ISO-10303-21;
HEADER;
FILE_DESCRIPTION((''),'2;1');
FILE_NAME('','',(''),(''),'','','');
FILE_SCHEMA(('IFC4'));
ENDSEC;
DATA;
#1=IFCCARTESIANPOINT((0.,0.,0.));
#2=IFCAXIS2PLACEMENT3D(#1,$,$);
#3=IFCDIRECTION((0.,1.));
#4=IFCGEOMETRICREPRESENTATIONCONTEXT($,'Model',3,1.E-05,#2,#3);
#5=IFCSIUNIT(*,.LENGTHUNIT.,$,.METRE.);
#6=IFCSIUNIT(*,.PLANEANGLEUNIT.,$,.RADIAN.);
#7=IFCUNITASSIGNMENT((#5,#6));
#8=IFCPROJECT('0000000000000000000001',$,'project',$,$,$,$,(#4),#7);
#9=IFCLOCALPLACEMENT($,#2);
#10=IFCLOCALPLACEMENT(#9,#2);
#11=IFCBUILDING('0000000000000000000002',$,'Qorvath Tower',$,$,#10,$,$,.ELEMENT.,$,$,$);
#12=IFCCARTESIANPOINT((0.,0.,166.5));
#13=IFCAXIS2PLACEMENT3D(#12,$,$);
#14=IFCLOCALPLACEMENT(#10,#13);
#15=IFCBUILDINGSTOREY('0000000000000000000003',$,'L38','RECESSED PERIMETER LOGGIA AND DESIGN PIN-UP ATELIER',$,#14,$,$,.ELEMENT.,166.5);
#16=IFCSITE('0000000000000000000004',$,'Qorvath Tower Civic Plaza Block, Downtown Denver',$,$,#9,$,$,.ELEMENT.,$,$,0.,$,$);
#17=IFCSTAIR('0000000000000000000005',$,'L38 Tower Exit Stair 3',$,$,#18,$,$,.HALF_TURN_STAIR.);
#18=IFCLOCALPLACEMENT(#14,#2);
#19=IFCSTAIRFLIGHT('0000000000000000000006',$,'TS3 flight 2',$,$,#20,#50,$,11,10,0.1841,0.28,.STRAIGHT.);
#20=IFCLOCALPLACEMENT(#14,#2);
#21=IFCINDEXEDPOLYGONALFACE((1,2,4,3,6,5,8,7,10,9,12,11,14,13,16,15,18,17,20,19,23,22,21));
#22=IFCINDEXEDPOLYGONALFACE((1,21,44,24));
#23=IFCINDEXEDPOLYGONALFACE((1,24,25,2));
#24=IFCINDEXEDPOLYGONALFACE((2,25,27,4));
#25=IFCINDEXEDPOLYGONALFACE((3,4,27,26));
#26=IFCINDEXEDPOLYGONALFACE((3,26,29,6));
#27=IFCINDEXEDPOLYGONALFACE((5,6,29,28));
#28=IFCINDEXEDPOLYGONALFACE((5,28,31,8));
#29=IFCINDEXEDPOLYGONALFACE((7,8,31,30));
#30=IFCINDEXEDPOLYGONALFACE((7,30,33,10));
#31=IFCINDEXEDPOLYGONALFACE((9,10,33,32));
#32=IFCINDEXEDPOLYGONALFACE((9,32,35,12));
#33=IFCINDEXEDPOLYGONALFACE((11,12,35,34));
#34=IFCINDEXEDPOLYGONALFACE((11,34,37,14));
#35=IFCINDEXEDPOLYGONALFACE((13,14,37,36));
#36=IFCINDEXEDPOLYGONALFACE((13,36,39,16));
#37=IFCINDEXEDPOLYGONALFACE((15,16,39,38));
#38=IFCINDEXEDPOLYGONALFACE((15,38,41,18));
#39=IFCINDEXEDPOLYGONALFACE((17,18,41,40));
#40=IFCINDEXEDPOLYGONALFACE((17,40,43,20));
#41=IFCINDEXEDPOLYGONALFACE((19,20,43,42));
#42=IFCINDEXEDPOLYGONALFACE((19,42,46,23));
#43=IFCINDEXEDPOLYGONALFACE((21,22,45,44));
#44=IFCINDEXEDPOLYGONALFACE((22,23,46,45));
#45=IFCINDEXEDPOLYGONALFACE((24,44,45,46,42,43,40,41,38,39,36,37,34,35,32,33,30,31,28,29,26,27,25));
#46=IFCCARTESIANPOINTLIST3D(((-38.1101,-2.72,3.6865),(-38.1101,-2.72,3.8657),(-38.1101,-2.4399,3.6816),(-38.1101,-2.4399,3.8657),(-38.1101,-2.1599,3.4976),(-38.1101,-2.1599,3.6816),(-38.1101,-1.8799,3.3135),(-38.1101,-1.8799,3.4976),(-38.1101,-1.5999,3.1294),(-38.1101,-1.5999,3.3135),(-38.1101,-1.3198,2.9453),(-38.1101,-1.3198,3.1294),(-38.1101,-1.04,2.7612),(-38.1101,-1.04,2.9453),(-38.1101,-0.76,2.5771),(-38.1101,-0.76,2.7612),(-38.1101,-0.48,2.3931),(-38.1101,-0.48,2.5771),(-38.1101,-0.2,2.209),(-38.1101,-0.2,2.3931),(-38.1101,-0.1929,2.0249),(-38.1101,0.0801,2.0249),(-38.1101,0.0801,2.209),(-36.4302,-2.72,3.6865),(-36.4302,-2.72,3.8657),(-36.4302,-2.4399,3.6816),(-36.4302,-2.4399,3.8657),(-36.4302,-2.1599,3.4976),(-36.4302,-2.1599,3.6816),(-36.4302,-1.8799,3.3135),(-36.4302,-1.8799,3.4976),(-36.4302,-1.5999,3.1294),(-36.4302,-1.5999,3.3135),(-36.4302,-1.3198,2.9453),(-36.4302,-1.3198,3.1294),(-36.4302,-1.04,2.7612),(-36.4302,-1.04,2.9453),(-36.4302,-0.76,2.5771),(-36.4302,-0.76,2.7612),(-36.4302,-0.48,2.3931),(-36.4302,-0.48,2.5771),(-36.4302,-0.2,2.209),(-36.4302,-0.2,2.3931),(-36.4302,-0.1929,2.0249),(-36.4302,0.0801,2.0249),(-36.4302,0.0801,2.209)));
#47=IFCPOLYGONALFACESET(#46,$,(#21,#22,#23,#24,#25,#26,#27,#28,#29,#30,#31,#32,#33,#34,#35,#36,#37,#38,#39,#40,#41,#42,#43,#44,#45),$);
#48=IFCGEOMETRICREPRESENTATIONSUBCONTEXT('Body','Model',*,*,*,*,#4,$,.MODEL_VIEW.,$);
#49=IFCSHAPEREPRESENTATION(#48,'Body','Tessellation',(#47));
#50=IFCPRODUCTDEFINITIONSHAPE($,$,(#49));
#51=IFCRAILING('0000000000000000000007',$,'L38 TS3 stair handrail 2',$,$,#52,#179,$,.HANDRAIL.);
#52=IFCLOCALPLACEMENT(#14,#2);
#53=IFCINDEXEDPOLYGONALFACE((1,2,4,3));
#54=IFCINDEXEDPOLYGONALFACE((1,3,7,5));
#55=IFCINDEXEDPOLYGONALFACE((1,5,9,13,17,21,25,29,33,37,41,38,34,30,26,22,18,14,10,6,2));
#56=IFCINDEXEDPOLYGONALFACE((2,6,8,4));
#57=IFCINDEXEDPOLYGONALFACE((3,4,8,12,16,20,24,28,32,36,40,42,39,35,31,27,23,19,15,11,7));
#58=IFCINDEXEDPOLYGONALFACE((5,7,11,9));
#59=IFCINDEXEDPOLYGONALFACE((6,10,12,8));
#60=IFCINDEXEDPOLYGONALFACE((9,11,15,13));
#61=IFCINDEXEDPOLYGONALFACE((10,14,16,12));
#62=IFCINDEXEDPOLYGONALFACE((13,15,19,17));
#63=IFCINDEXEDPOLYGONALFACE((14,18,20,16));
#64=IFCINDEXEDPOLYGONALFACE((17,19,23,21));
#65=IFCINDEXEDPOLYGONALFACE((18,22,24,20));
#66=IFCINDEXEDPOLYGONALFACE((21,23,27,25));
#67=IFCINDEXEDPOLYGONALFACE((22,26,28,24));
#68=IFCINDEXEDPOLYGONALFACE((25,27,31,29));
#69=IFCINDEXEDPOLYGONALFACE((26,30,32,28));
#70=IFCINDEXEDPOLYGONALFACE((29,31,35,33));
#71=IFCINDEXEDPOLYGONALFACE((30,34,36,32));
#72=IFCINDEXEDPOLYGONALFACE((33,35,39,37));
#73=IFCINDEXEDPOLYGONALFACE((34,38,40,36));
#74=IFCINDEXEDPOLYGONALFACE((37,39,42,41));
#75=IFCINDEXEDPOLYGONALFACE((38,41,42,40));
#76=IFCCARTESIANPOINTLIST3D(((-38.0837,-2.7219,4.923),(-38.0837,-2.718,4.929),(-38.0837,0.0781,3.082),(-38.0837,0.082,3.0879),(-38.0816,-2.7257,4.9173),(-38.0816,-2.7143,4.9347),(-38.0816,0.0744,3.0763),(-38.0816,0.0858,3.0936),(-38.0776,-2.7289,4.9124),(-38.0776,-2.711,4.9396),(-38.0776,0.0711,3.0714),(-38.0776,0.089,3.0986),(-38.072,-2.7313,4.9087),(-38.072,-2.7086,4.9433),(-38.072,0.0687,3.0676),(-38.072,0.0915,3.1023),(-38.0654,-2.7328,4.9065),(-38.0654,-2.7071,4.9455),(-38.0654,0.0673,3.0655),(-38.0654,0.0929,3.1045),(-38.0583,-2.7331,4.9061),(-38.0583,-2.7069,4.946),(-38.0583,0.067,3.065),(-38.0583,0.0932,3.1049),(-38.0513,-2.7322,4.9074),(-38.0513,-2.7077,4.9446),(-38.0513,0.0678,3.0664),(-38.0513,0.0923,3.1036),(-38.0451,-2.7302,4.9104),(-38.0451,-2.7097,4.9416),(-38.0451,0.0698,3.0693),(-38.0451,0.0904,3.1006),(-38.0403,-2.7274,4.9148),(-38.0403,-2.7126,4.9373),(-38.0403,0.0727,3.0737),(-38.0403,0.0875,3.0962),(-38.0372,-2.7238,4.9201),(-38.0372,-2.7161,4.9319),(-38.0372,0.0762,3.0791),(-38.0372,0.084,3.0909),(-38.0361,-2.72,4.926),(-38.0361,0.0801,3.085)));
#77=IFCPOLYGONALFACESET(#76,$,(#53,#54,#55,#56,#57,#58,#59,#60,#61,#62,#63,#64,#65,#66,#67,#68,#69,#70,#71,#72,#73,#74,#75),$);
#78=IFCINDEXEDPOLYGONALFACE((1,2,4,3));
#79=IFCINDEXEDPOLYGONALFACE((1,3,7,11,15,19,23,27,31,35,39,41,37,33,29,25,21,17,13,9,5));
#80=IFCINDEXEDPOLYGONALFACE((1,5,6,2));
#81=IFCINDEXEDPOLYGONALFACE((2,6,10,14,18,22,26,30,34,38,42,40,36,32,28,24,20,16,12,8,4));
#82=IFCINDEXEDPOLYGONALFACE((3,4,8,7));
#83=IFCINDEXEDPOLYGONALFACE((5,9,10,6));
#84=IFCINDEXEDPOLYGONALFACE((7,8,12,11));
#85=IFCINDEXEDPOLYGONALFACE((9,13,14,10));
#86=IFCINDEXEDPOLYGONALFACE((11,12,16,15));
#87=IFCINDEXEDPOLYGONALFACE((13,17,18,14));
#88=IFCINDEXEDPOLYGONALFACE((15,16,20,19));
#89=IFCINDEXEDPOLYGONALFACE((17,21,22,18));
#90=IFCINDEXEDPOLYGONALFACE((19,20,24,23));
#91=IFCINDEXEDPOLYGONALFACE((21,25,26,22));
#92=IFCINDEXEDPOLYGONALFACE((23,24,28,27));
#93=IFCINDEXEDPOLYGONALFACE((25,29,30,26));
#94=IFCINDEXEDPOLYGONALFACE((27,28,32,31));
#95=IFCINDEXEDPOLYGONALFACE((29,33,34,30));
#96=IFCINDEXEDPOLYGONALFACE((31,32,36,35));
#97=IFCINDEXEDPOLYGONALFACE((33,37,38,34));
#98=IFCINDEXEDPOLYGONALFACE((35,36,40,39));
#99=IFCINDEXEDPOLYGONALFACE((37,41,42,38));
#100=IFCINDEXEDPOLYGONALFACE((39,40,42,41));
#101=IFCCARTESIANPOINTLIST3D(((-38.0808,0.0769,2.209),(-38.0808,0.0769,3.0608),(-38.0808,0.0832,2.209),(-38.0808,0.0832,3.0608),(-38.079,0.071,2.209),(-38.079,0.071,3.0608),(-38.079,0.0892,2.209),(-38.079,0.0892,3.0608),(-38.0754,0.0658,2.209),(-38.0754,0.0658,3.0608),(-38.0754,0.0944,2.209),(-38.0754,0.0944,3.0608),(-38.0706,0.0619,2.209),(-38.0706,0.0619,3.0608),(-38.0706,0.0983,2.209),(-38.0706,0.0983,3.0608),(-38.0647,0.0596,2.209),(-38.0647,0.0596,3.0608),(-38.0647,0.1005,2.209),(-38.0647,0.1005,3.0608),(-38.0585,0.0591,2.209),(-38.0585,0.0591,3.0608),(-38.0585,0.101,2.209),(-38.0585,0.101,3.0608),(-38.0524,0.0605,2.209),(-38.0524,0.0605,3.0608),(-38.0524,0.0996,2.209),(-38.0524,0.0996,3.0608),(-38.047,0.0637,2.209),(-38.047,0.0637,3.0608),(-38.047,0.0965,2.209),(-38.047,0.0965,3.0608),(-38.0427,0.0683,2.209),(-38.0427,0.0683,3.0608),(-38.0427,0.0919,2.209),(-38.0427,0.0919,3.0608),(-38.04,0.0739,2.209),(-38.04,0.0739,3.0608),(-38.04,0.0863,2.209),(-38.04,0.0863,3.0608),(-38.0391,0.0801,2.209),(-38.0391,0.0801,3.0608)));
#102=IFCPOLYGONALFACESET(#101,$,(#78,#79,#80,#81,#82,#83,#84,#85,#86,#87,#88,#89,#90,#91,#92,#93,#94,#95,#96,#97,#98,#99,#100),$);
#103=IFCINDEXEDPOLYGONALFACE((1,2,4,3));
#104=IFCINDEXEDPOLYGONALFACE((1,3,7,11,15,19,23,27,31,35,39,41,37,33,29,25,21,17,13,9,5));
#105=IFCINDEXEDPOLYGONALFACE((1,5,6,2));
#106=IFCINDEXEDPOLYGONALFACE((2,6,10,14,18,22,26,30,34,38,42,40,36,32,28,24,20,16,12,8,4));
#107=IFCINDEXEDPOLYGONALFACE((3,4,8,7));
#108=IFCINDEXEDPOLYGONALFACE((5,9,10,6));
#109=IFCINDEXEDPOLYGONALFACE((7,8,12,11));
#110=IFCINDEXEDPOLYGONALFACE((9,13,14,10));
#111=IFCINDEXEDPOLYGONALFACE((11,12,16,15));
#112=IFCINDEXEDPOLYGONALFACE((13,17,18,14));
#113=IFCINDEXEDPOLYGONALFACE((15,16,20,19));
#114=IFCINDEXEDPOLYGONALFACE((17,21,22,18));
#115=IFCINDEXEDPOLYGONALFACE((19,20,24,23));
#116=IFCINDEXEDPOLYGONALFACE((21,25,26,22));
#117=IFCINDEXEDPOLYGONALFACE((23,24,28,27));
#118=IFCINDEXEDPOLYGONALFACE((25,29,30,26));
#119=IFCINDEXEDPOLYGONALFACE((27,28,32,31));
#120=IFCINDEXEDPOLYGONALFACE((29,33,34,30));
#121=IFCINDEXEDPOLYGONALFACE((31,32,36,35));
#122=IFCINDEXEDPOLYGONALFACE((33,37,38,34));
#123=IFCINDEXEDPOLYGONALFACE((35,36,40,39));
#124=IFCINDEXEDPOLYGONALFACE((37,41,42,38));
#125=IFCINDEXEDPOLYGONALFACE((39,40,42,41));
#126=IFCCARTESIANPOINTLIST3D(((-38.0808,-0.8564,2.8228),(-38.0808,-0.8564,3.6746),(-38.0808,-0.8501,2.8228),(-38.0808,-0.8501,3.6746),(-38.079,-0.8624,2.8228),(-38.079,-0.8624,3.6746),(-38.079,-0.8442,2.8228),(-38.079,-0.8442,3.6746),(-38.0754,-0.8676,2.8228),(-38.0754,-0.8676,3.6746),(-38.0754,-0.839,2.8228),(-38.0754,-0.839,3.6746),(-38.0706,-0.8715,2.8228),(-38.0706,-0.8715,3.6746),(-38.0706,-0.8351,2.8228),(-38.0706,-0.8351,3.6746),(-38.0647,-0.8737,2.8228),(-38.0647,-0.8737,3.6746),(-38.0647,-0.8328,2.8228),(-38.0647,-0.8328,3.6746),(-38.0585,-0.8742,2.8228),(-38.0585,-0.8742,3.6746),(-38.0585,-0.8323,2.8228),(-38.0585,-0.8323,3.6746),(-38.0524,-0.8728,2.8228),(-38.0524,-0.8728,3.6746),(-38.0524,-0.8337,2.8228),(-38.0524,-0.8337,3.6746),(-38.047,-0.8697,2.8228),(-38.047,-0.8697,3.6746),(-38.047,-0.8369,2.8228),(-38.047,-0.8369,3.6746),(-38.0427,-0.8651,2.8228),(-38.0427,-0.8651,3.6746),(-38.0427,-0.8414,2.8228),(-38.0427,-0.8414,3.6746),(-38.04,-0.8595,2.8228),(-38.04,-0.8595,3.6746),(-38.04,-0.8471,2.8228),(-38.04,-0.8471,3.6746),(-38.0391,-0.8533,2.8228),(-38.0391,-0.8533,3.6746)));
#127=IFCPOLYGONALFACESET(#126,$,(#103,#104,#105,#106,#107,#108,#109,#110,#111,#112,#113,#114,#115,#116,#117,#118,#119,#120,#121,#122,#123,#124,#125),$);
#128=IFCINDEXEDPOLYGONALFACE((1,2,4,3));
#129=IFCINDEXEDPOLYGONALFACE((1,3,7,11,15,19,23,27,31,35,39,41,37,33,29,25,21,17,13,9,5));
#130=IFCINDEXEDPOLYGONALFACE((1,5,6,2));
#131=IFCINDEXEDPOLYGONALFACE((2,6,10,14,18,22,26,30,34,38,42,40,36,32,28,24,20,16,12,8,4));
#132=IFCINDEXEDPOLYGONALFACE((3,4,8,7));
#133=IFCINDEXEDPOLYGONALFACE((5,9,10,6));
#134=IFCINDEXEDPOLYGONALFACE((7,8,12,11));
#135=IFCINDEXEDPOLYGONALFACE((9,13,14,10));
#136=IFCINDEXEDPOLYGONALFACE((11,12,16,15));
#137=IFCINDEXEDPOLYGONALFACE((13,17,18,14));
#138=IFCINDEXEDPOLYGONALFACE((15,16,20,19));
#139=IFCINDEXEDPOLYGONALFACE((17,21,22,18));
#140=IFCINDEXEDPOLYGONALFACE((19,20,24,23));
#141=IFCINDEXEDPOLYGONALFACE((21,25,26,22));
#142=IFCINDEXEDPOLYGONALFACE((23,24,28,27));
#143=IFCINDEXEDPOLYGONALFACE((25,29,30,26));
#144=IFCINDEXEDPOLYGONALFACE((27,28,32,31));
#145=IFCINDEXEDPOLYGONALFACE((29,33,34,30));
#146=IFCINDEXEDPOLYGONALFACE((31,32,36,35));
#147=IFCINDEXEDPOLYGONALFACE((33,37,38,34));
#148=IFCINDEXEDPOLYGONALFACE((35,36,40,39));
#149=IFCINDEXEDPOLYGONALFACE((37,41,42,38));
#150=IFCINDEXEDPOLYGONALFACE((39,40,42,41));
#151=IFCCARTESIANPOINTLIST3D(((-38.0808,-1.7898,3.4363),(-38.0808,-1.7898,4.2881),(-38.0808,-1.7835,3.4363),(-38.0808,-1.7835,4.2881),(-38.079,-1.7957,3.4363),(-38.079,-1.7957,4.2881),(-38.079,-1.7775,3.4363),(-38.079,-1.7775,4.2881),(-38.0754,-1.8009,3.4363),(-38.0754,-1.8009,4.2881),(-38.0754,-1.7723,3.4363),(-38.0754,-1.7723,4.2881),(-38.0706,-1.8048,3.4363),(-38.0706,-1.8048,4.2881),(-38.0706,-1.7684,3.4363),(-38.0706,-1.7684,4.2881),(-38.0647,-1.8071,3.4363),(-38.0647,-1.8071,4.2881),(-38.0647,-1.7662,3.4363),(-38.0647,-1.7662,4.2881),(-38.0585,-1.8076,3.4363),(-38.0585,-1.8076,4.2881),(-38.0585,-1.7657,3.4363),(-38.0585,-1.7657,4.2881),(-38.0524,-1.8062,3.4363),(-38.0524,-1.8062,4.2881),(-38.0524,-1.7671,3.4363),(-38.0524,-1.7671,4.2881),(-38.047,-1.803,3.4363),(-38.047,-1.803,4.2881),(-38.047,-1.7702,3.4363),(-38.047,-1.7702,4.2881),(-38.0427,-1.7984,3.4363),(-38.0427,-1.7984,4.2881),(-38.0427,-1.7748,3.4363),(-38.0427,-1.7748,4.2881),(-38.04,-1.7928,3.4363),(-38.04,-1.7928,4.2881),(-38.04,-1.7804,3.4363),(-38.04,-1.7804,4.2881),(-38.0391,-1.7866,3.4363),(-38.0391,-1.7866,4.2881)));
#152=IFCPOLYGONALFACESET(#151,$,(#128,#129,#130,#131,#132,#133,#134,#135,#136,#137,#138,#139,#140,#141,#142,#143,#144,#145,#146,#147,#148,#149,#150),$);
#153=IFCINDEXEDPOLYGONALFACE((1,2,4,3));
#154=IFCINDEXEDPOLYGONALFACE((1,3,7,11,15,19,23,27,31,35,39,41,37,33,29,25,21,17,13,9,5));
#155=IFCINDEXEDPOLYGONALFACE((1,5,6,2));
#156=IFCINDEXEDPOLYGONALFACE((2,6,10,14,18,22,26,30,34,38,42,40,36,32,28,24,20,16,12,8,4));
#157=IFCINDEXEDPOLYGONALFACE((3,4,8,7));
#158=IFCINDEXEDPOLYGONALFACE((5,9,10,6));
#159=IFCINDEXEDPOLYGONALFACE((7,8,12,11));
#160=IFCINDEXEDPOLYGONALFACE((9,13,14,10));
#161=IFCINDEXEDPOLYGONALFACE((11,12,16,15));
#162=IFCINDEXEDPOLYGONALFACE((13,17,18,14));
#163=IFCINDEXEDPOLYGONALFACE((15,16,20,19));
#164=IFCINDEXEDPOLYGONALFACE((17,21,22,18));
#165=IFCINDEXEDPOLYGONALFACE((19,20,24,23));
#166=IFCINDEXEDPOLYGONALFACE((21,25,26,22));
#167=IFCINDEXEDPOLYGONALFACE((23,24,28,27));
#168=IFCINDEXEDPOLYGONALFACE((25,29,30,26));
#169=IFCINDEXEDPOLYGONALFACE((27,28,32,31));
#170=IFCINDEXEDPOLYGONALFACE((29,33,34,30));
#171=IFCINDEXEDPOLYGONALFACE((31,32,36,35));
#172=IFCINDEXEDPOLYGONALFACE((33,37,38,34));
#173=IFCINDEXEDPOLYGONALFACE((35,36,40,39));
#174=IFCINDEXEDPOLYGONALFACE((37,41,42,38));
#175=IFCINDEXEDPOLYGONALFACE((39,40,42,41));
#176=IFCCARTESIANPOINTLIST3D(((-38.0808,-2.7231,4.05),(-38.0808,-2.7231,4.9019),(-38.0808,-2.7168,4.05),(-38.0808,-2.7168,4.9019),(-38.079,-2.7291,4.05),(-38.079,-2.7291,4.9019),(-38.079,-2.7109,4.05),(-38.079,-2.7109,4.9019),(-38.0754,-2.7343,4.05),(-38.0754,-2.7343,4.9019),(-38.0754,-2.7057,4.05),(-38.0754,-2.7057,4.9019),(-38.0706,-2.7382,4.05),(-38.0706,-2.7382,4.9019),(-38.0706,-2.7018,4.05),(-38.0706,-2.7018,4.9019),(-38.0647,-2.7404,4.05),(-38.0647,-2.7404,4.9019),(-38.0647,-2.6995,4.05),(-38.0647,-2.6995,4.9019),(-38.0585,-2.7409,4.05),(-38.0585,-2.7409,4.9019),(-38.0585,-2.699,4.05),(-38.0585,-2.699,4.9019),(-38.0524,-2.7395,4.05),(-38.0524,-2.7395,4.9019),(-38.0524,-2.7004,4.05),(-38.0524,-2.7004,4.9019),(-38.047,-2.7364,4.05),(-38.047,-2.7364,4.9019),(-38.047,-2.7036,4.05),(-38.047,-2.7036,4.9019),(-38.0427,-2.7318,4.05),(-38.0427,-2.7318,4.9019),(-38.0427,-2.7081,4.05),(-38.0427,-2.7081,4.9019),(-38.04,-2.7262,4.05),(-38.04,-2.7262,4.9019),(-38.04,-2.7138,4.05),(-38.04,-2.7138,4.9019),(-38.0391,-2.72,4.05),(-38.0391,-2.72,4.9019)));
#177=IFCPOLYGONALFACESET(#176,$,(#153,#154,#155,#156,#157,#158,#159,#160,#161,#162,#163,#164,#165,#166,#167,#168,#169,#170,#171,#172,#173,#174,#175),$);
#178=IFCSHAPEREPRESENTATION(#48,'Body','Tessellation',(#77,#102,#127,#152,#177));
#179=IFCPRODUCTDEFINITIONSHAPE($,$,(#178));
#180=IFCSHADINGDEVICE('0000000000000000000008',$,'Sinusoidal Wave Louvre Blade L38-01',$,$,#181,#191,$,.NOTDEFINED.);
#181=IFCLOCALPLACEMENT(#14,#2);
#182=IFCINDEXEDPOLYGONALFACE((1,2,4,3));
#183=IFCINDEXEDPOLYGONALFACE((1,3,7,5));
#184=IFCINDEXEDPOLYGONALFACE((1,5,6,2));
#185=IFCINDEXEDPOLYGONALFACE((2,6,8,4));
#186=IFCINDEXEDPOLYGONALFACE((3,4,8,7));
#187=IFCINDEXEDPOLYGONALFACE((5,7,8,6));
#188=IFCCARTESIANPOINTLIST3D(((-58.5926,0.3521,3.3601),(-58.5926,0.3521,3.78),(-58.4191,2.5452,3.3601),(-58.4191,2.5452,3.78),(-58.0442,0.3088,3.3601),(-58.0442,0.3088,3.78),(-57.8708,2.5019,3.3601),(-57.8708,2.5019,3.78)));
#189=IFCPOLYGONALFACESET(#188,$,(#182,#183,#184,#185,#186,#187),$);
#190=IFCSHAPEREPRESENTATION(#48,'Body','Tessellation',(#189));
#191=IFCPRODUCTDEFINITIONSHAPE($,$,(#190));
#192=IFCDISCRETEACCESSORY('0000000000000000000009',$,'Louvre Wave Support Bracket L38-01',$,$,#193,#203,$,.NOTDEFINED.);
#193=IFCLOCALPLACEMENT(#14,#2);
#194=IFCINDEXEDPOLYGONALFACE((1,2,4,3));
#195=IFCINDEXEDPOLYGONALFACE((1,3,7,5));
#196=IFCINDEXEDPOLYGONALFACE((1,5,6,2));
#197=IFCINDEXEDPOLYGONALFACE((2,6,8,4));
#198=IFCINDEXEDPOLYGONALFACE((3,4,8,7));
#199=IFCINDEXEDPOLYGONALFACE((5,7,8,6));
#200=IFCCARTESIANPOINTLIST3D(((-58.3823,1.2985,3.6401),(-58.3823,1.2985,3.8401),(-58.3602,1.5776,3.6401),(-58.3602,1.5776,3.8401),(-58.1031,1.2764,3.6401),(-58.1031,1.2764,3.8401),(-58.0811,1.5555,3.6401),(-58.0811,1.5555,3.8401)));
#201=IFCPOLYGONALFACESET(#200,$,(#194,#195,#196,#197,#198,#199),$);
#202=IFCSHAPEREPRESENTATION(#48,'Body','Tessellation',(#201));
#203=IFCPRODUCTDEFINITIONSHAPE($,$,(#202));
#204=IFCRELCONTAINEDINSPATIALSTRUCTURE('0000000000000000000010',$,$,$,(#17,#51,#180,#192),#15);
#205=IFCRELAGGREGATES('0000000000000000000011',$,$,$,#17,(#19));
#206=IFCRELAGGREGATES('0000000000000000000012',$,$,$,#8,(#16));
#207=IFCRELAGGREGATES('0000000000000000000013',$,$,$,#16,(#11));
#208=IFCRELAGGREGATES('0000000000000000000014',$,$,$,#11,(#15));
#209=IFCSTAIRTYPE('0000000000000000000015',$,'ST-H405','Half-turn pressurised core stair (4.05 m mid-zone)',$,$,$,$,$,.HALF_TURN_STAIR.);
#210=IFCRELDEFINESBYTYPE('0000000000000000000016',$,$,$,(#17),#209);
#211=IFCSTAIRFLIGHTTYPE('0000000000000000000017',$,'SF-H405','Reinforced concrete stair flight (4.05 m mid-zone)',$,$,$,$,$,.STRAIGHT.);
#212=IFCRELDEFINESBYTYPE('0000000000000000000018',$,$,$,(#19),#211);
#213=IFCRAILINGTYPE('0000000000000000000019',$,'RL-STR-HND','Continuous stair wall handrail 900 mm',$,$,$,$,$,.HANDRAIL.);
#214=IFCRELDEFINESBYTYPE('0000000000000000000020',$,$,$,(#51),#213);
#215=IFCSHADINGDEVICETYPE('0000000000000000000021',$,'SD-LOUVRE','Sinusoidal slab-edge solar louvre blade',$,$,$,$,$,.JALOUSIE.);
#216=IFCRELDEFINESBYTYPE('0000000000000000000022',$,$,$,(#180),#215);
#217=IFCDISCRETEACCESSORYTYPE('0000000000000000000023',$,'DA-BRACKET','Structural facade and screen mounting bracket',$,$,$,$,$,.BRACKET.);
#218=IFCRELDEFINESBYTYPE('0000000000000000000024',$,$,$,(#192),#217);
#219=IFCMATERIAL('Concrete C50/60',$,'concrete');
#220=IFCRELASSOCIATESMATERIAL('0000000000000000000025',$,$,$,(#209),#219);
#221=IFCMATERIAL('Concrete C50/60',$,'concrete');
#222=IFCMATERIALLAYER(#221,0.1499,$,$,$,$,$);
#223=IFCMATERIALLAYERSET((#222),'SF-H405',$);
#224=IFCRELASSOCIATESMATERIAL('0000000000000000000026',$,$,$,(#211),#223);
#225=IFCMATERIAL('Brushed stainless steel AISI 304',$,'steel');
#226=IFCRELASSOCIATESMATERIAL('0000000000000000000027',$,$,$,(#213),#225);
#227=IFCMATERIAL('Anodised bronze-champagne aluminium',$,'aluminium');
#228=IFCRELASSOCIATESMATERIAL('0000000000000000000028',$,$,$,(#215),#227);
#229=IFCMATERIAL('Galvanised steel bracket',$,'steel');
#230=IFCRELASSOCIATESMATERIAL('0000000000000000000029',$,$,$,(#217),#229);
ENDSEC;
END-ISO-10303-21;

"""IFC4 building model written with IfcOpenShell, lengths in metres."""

from ifc_helpers import new_model, si_unit, direction, frame, origin, origin_2d, place, context, subcontext, project, spatial, polyline, rectangle, circle, outline, extrude, material, layer, layer_set, type_object, element, aggregate, save


model = new_model("IFC4")

# Units and contexts
model_context = context("Model", 3, precision=1e-05, world=origin(), true_north=direction((0.0, 1.0)))
body_context = subcontext(model_context, "Body", "Model", "MODEL_VIEW")
ifc_project = project(units=[si_unit("LENGTHUNIT", "METRE"), si_unit("PLANEANGLEUNIT", "RADIAN")], contexts=[model_context])

# Site, building, storey
site_placement = place(None, origin())
site = spatial("IfcSite", under=ifc_project, at=site_placement, Name="Qorvath Tower Civic Plaza Block, Downtown Denver", CompositionType="ELEMENT", RefElevation=0.0)
building_placement = place(site_placement, origin())
building = spatial("IfcBuilding", under=site, at=building_placement, Name="Qorvath Tower", CompositionType="ELEMENT")
storey_placement = place(building_placement, frame((0.0, 0.0, 166.5)))
storey = spatial("IfcBuildingStorey", under=building, at=storey_placement, Name="L38", Description="RECESSED PERIMETER LOGGIA AND DESIGN PIN-UP ATELIER", CompositionType="ELEMENT", Elevation=166.5)

# Stair, stair flight
ifc_material_1 = material(Name="Concrete C50/60", Category="concrete")
stair_type = type_object("IfcStairType", Name="ST-H405", Description="Half-turn pressurised core stair (4.05 m mid-zone)", PredefinedType="HALF_TURN_STAIR", material=ifc_material_1)
stair_placement = place(storey_placement, origin())
stair = element("IfcStair", 1, at=stair_placement, inside=storey, type_object=stair_type, Name="L38 Tower Exit Stair 3", PredefinedType="HALF_TURN_STAIR")
ifc_material_2 = material(Name="Concrete C50/60", Category="concrete")
ifc_layer_1 = layer(ifc_material_2, 0.1499)
ifc_layer_set_1 = layer_set([ifc_layer_1], Name="SF-H405")
stair_flight_type = type_object("IfcStairFlightType", Name="SF-H405", Description="Reinforced concrete stair flight (4.05 m mid-zone)", PredefinedType="STRAIGHT", material=ifc_layer_set_1)
stair_flight_placement = place(storey_placement, frame((-37.27, 0.0801, 2.0249), z_axis=(0.0, 0.0, 1.0), x_axis=(0.0, -1.0, 0.0)))
stair_flight = element("IfcStairFlight", 2, at=stair_flight_placement, type_object=stair_flight_type, Name="TS3 flight 2", NumberOfRisers=11, NumberOfTreads=10, PredefinedType="STRAIGHT", RiserHeight=0.1841, TreadLength=0.28, context=body_context, shape_type="SweptSolid", body=[
    extrude(outline(polyline([(0.0, 0.0), (0.0, 0.1841), (0.28, 0.1841), (0.28, 0.3682), (0.5601, 0.3682), (0.5601, 0.5522), (0.8401, 0.5522), (0.8401, 0.7363), (1.1201, 0.7363), (1.1201, 0.9204), (1.3999, 0.9204), (1.3999, 1.1045), (1.6799, 1.1045), (1.6799, 1.2886), (1.96, 1.2886), (1.96, 1.4727), (2.24, 1.4727), (2.24, 1.6567), (2.52, 1.6567), (2.52, 1.8408), (2.8, 1.8408), (2.8, 2.0249), (2.8, 1.6616), (0.2729, 0.0), (0.0, 0.0)])), frame((0.0, 0.8398, 0.0), z_axis=(0.0, -1.0, 0.0), x_axis=(1.0, 0.0, 0.0)), (0.0, 0.0, 1.0), 1.6799),
])
aggregate(stair, [stair_flight])

# Railing
ifc_material_3 = material(Name="Brushed stainless steel AISI 304", Category="steel")
railing_type = type_object("IfcRailingType", Name="RL-STR-HND", Description="Continuous stair wall handrail 900 mm", PredefinedType="HANDRAIL", material=ifc_material_3)
railing_placement = place(storey_placement, frame((-38.0601, 0.0801, 2.209)))
element("IfcRailing", 3, at=railing_placement, inside=storey, type_object=railing_type, Name="L38 TS3 stair handrail 2", PredefinedType="HANDRAIL", context=body_context, shape_type="SweptSolid", body=[
    extrude(circle(Radius=0.0239, at=origin_2d()), frame((0.0, 0.0, 0.876), z_axis=(0.0, -0.835564, 0.549393), x_axis=(1.0, 0.0, 0.0)), (0.0, 0.0, 1.0), 3.3511),
    extrude(circle(Radius=0.021, at=origin_2d()), origin(), (0.0, 0.0, 1.0), 0.8518),
    extrude(circle(Radius=0.021, at=origin_2d()), frame((0.0, -0.9333, 0.6138)), (0.0, 0.0, 1.0), 0.8518),
    extrude(circle(Radius=0.021, at=origin_2d()), frame((0.0, -1.8667, 1.2273)), (0.0, 0.0, 1.0), 0.8518),
    extrude(circle(Radius=0.021, at=origin_2d()), frame((0.0, -2.8, 1.8411)), (0.0, 0.0, 1.0), 0.8518),
])

# Shading device
ifc_material_4 = material(Name="Anodised bronze-champagne aluminium", Category="aluminium")
shading_device_type = type_object("IfcShadingDeviceType", Name="SD-LOUVRE", Description="Sinusoidal slab-edge solar louvre blade", PredefinedType="JALOUSIE", material=ifc_material_4)
shading_device_placement = place(storey_placement, frame((-58.2317, 1.427, 3.3601), z_axis=(0.0, 0.0, 1.0), x_axis=(-0.078842, -0.996887, 0.0)))
element("IfcShadingDevice", 4, at=shading_device_placement, inside=storey, type_object=shading_device_type, Name="Sinusoidal Wave Louvre Blade L38-01", PredefinedType="NOTDEFINED", context=body_context, shape_type="SweptSolid", body=[
    extrude(rectangle(XDim=2.2, YDim=0.55, at=origin_2d()), origin(), (0.0, 0.0, 1.0), 0.4199),
])

# Discrete accessory
ifc_material_5 = material(Name="Galvanised steel bracket", Category="steel")
discrete_accessory_type = type_object("IfcDiscreteAccessoryType", Name="DA-BRACKET", Description="Structural facade and screen mounting bracket", PredefinedType="BRACKET", material=ifc_material_5)
discrete_accessory_placement = place(storey_placement, frame((-58.2317, 1.427, 3.6401), z_axis=(0.0, 0.0, 1.0), x_axis=(-0.078842, -0.996887, 0.0)))
element("IfcDiscreteAccessory", 5, at=discrete_accessory_placement, inside=storey, type_object=discrete_accessory_type, Name="Louvre Wave Support Bracket L38-01", PredefinedType="NOTDEFINED", context=body_context, shape_type="SweptSolid", body=[
    extrude(rectangle(XDim=0.28, YDim=0.28, at=origin_2d()), origin(), (0.0, 0.0, 1.0), 0.2),
])

save(model, "model.ifc")
